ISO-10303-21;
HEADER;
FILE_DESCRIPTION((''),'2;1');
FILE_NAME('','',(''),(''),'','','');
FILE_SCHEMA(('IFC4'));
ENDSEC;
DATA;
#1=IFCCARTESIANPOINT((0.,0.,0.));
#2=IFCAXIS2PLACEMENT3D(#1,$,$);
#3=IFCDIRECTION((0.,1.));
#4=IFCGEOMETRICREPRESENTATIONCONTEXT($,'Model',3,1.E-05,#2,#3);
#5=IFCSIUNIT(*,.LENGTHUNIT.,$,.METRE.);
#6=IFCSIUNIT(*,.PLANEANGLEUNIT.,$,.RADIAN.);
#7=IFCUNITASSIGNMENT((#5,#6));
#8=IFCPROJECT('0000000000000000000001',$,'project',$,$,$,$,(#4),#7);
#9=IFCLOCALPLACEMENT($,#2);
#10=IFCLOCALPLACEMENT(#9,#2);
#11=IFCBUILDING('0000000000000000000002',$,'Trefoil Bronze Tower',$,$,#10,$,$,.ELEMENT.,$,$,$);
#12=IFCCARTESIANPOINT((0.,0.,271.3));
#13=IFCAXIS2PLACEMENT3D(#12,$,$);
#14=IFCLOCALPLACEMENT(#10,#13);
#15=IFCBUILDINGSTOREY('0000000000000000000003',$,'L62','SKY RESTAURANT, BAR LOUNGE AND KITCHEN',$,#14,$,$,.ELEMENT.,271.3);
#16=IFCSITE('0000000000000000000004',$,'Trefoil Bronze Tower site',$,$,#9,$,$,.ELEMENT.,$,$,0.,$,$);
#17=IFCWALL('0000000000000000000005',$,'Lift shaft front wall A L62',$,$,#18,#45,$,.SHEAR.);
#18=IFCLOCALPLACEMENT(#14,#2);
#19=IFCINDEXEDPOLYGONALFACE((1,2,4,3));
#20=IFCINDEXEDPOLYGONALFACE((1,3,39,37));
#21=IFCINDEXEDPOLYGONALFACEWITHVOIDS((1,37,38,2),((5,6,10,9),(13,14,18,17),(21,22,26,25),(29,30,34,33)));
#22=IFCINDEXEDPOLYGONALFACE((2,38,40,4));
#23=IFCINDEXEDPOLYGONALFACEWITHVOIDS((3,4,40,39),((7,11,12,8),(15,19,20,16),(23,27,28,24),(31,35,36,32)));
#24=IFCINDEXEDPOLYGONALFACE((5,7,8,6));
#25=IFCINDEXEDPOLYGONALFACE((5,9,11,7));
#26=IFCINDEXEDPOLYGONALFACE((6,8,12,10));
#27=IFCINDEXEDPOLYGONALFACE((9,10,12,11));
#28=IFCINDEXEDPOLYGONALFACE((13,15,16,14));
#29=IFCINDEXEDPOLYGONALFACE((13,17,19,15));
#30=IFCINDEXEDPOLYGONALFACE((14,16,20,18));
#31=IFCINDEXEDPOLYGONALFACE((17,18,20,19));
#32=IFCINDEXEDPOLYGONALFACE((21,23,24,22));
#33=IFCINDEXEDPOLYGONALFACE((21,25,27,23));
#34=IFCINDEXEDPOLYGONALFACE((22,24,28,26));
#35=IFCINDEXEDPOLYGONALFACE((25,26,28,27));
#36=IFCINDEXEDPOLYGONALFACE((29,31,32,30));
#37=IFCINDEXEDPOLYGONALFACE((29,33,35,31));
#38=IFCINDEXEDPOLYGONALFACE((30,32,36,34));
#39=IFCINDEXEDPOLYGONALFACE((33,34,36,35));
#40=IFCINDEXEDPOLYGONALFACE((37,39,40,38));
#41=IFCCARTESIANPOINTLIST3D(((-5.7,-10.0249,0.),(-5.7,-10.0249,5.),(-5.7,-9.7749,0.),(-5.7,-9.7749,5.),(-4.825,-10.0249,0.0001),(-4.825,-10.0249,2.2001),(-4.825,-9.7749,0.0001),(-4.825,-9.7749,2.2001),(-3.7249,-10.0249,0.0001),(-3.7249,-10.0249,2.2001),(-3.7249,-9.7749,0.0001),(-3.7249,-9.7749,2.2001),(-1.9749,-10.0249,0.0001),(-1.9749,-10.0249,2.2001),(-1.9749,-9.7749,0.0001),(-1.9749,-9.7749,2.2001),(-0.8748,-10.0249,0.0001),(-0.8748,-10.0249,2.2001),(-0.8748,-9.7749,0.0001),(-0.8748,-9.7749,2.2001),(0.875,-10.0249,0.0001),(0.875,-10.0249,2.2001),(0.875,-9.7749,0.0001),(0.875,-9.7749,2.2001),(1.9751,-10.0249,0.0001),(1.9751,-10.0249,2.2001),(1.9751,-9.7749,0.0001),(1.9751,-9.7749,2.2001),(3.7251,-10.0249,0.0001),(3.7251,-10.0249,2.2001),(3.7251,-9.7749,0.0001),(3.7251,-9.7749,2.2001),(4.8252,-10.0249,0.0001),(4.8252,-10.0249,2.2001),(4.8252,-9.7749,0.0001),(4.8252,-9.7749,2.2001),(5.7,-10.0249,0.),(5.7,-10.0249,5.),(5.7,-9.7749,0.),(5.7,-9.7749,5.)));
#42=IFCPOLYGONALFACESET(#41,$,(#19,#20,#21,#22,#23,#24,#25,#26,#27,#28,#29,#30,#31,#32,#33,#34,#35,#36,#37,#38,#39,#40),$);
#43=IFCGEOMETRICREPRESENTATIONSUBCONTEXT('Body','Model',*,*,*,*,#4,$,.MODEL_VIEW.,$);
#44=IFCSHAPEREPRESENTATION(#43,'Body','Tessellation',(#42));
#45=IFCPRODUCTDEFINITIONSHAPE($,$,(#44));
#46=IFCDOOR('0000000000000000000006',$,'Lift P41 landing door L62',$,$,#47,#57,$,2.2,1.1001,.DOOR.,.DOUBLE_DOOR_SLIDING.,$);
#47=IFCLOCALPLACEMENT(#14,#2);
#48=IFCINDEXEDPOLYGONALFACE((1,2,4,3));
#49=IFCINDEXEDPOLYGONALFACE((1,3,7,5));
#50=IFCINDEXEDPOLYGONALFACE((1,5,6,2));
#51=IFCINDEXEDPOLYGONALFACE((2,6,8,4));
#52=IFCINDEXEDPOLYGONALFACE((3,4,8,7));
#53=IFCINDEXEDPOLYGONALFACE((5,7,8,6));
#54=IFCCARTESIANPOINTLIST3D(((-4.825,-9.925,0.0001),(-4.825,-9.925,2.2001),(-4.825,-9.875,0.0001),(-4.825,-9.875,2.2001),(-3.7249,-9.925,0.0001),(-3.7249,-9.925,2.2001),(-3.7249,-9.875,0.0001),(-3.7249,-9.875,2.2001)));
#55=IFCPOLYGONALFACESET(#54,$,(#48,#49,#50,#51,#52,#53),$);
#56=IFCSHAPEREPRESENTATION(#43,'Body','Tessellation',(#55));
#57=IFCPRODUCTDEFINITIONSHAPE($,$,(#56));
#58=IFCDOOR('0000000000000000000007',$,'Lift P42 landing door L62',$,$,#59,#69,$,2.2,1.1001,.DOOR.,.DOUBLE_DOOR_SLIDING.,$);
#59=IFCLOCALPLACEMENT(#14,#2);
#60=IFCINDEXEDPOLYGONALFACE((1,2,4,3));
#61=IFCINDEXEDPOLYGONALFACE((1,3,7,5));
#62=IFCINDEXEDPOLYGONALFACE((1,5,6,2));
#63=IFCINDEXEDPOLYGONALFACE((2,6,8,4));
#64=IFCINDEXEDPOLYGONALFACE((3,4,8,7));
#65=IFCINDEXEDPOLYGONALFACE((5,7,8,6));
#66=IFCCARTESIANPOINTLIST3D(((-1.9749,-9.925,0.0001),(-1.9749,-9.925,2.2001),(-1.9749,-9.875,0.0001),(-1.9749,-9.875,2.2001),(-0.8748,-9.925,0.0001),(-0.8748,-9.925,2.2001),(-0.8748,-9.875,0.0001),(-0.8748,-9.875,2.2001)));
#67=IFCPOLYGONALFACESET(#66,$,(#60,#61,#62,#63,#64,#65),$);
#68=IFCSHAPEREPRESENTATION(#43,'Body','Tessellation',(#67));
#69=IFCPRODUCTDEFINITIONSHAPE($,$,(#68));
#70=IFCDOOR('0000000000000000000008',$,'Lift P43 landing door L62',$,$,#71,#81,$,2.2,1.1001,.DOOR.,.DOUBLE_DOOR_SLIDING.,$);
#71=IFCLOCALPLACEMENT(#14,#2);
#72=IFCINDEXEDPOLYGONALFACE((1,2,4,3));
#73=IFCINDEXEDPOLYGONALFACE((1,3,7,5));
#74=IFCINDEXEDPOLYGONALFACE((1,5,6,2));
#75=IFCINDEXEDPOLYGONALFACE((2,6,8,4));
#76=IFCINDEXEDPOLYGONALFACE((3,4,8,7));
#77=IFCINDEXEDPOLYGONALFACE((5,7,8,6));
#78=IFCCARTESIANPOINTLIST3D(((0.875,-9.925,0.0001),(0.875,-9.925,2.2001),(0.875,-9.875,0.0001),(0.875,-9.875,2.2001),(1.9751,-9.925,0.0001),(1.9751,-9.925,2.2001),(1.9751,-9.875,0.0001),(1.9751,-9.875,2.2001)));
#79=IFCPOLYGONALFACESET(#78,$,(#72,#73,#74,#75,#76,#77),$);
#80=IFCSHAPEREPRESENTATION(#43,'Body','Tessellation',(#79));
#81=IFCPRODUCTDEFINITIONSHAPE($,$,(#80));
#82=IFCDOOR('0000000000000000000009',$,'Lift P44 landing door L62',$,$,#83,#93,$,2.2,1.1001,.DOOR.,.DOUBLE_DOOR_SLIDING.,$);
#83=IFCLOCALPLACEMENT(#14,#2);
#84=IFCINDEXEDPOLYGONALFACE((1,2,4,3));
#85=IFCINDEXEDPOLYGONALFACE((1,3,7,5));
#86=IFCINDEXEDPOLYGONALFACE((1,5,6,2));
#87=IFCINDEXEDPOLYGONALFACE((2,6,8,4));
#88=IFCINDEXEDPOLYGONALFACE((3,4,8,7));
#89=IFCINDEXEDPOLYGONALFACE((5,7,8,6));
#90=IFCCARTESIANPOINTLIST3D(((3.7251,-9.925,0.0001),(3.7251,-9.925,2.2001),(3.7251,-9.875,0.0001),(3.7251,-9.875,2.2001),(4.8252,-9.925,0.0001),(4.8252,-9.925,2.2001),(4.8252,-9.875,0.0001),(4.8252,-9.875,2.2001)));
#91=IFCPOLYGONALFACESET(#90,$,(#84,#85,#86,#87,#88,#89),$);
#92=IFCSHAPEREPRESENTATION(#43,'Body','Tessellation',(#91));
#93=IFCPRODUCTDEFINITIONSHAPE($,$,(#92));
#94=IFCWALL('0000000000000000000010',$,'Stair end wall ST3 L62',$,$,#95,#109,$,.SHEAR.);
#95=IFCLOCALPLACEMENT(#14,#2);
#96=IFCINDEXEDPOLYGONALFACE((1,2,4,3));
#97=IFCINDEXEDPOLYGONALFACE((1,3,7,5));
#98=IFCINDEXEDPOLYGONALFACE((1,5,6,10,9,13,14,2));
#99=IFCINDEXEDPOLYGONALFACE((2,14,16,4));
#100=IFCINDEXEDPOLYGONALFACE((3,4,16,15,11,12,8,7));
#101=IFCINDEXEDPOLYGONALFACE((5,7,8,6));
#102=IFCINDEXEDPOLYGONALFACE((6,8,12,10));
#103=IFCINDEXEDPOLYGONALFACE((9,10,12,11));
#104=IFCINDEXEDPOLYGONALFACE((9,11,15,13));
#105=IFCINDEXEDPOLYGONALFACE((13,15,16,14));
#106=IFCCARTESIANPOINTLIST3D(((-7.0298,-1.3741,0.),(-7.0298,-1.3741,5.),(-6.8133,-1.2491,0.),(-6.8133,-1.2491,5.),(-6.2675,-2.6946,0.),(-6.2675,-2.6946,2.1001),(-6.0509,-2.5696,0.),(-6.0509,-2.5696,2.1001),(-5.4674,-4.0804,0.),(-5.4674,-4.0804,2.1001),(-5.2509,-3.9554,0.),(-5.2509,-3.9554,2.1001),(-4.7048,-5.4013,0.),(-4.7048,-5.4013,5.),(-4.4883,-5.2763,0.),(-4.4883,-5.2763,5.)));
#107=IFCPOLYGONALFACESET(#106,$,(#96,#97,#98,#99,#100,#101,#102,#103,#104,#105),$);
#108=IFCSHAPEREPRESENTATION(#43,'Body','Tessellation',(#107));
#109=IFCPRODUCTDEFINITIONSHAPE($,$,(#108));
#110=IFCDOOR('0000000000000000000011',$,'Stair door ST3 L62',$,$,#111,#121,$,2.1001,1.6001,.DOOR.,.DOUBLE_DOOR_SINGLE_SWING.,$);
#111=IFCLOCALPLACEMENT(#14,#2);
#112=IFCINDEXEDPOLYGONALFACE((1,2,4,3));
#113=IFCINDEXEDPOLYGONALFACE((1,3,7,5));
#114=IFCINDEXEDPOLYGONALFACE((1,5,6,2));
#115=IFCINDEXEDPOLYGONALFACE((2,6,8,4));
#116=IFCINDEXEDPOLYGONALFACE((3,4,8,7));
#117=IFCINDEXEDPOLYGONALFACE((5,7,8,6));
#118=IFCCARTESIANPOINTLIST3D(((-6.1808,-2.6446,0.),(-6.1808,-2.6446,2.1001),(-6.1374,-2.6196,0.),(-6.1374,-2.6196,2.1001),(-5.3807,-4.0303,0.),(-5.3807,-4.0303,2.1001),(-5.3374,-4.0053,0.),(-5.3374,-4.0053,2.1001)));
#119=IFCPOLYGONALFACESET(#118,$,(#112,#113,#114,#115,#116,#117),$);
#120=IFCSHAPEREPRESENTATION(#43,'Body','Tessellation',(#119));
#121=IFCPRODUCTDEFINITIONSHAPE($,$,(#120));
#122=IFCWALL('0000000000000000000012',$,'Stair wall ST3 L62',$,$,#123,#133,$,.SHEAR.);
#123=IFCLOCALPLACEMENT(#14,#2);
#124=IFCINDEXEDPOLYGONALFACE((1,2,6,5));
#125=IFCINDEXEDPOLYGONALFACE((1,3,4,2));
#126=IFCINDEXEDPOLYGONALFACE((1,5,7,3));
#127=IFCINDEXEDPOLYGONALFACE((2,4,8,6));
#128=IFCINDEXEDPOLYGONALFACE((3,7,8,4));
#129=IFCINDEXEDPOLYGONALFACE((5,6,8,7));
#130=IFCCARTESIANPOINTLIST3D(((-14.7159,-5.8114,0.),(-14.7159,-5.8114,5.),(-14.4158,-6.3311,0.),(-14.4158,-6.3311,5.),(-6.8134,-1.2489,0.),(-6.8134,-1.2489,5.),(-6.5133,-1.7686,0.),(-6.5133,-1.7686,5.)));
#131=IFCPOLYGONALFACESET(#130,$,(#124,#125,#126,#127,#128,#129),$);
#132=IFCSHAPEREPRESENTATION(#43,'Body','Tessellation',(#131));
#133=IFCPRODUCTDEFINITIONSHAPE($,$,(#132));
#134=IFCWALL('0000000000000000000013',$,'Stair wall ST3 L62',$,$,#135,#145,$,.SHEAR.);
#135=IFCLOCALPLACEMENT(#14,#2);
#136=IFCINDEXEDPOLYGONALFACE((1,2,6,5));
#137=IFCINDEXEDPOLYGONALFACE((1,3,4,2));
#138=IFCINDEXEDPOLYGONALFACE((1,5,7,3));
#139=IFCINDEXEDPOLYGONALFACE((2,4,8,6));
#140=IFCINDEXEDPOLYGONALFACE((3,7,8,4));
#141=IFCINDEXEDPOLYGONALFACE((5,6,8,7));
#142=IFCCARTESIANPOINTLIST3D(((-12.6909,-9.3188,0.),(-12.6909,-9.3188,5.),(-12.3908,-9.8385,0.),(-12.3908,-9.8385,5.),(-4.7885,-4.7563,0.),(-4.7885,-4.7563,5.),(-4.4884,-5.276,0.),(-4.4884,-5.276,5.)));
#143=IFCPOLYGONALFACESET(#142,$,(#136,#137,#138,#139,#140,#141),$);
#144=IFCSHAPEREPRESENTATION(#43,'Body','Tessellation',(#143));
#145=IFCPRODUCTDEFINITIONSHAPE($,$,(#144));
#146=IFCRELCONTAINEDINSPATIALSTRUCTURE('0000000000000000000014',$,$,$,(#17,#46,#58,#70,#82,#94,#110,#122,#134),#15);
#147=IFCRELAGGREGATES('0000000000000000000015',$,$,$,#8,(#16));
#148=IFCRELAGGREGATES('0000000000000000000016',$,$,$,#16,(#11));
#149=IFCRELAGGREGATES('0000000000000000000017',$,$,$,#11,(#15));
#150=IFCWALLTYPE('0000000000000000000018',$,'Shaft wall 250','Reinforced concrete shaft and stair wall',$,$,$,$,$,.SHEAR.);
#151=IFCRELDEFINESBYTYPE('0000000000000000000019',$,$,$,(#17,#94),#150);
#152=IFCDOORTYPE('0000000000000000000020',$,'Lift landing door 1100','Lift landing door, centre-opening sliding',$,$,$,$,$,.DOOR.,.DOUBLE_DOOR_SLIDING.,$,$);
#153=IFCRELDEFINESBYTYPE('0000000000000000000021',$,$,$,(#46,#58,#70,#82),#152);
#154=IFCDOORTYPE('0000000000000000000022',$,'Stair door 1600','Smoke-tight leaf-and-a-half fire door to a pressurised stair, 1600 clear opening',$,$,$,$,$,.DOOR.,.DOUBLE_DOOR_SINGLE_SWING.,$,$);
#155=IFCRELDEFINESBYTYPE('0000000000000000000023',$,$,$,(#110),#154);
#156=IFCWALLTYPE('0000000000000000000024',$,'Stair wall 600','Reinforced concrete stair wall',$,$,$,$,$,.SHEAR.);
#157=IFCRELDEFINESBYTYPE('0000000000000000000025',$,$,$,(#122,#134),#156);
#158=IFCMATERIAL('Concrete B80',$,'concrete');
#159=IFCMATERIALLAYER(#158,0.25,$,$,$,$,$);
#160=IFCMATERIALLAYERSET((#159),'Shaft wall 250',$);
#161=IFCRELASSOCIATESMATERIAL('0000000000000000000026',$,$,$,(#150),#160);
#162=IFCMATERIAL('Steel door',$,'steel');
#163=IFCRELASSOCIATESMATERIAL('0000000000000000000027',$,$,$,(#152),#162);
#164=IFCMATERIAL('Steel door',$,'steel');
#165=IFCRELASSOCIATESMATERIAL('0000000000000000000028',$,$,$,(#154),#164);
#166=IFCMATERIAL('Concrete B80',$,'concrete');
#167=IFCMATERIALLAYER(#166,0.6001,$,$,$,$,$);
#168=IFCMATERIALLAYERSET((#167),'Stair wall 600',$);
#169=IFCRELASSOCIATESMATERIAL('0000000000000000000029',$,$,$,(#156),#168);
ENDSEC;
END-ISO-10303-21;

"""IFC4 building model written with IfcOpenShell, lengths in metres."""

from ifc_helpers import new_model, si_unit, direction, frame, frame_2d, origin, place, context, subcontext, project, spatial, rectangle, extrude, material, layer, layer_set, type_object, element, fill, save


model = new_model("IFC4")

# Units and contexts
model_context = context("Model", 3, precision=1e-05, world=origin(), true_north=direction((0.0, 1.0)))
body_context = subcontext(model_context, "Body", "Model", "MODEL_VIEW")
ifc_project = project(units=[si_unit("LENGTHUNIT", "METRE"), si_unit("PLANEANGLEUNIT", "RADIAN")], contexts=[model_context])

# Site, building, storey
site_placement = place(None, origin())
site = spatial("IfcSite", under=ifc_project, at=site_placement, Name="Trefoil Bronze Tower site", CompositionType="ELEMENT", RefElevation=0.0)
building_placement = place(site_placement, origin())
building = spatial("IfcBuilding", under=site, at=building_placement, Name="Trefoil Bronze Tower", CompositionType="ELEMENT")
storey_placement = place(building_placement, frame((0.0, 0.0, 271.3)))
storey = spatial("IfcBuildingStorey", under=building, at=storey_placement, Name="L62", Description="SKY RESTAURANT, BAR LOUNGE AND KITCHEN", CompositionType="ELEMENT", Elevation=271.3)

# Wall, openings, doors
ifc_material_1 = material(Name="Concrete B80", Category="concrete")
ifc_layer_1 = layer(ifc_material_1, 0.25)
ifc_layer_set_1 = layer_set([ifc_layer_1], Name="Shaft wall 250")
wall_type_1 = type_object("IfcWallType", Name="Shaft wall 250", Description="Reinforced concrete shaft and stair wall", PredefinedType="SHEAR", material=ifc_layer_set_1)
wall_1_placement = place(storey_placement, frame((-5.7, -9.8999, 0.0), z_axis=(0.0, 0.0, 1.0), x_axis=(1.0, 0.0, 0.0)))
wall_1 = element("IfcWall", 1, at=wall_1_placement, inside=storey, type_object=wall_type_1, Name="Lift shaft front wall A L62", PredefinedType="SHEAR", context=body_context, shape_type="SweptSolid", body=[
    extrude(rectangle(XDim=11.3999, YDim=0.25, at=frame_2d((5.7, 0.0))), origin(), (0.0, 0.0, 1.0), 5.0),
])
opening_1_placement = place(wall_1_placement, frame((0.875, 0.0, 0.0)))
opening_1 = element("IfcOpeningElement", 2, at=opening_1_placement, cuts=wall_1, PredefinedType="OPENING", context=body_context, shape_type="SweptSolid", body=[
    extrude(rectangle(XDim=1.1001, YDim=2.2, at=frame_2d((0.55, 1.1001))), frame((0.0, 0.135, 0.0), z_axis=(0.0, -1.0, 0.0), x_axis=(1.0, 0.0, 0.0)), (0.0, 0.0, 1.0), 0.27),
])
opening_2_placement = place(wall_1_placement, frame((3.7251, 0.0, 0.0)))
opening_2 = element("IfcOpeningElement", 3, at=opening_2_placement, cuts=wall_1, PredefinedType="OPENING", context=body_context, shape_type="SweptSolid", body=[
    extrude(rectangle(XDim=1.1001, YDim=2.2, at=frame_2d((0.55, 1.1001))), frame((0.0, 0.135, 0.0), z_axis=(0.0, -1.0, 0.0), x_axis=(1.0, 0.0, 0.0)), (0.0, 0.0, 1.0), 0.27),
])
opening_3_placement = place(wall_1_placement, frame((6.575, 0.0, 0.0)))
opening_3 = element("IfcOpeningElement", 4, at=opening_3_placement, cuts=wall_1, PredefinedType="OPENING", context=body_context, shape_type="SweptSolid", body=[
    extrude(rectangle(XDim=1.1001, YDim=2.2, at=frame_2d((0.55, 1.1001))), frame((0.0, 0.135, 0.0), z_axis=(0.0, -1.0, 0.0), x_axis=(1.0, 0.0, 0.0)), (0.0, 0.0, 1.0), 0.27),
])
opening_4_placement = place(wall_1_placement, frame((9.425, 0.0, 0.0)))
opening_4 = element("IfcOpeningElement", 5, at=opening_4_placement, cuts=wall_1, PredefinedType="OPENING", context=body_context, shape_type="SweptSolid", body=[
    extrude(rectangle(XDim=1.1001, YDim=2.2, at=frame_2d((0.55, 1.1001))), frame((0.0, 0.135, 0.0), z_axis=(0.0, -1.0, 0.0), x_axis=(1.0, 0.0, 0.0)), (0.0, 0.0, 1.0), 0.27),
])
ifc_material_2 = material(Name="Steel door", Category="steel")
door_type_1 = type_object("IfcDoorType", Name="Lift landing door 1100", Description="Lift landing door, centre-opening sliding", OperationType="DOUBLE_DOOR_SLIDING", PredefinedType="DOOR", material=ifc_material_2)
door_1_placement = place(opening_1_placement, origin())
door_1 = element("IfcDoor", 6, at=door_1_placement, inside=storey, type_object=door_type_1, Name="Lift P41 landing door L62", OperationType="DOUBLE_DOOR_SLIDING", OverallHeight=2.2, OverallWidth=1.1001, PredefinedType="DOOR", context=body_context, shape_type="SweptSolid", body=[
    extrude(rectangle(XDim=1.1001, YDim=2.2, at=frame_2d((0.55, 1.1001))), frame((0.0, 0.0249, 0.0), z_axis=(0.0, -1.0, 0.0), x_axis=(1.0, 0.0, 0.0)), (0.0, 0.0, 1.0), 0.05),
])
fill(opening_1, door_1)
door_2_placement = place(opening_2_placement, origin())
door_2 = element("IfcDoor", 7, at=door_2_placement, inside=storey, type_object=door_type_1, Name="Lift P42 landing door L62", OperationType="DOUBLE_DOOR_SLIDING", OverallHeight=2.2, OverallWidth=1.1001, PredefinedType="DOOR", context=body_context, shape_type="SweptSolid", body=[
    extrude(rectangle(XDim=1.1001, YDim=2.2, at=frame_2d((0.55, 1.1001))), frame((0.0, 0.0249, 0.0), z_axis=(0.0, -1.0, 0.0), x_axis=(1.0, 0.0, 0.0)), (0.0, 0.0, 1.0), 0.05),
])
fill(opening_2, door_2)
door_3_placement = place(opening_3_placement, origin())
door_3 = element("IfcDoor", 8, at=door_3_placement, inside=storey, type_object=door_type_1, Name="Lift P43 landing door L62", OperationType="DOUBLE_DOOR_SLIDING", OverallHeight=2.2, OverallWidth=1.1001, PredefinedType="DOOR", context=body_context, shape_type="SweptSolid", body=[
    extrude(rectangle(XDim=1.1001, YDim=2.2, at=frame_2d((0.55, 1.1001))), frame((0.0, 0.0249, 0.0), z_axis=(0.0, -1.0, 0.0), x_axis=(1.0, 0.0, 0.0)), (0.0, 0.0, 1.0), 0.05),
])
fill(opening_3, door_3)
door_4_placement = place(opening_4_placement, origin())
door_4 = element("IfcDoor", 9, at=door_4_placement, inside=storey, type_object=door_type_1, Name="Lift P44 landing door L62", OperationType="DOUBLE_DOOR_SLIDING", OverallHeight=2.2, OverallWidth=1.1001, PredefinedType="DOOR", context=body_context, shape_type="SweptSolid", body=[
    extrude(rectangle(XDim=1.1001, YDim=2.2, at=frame_2d((0.55, 1.1001))), frame((0.0, 0.0249, 0.0), z_axis=(0.0, -1.0, 0.0), x_axis=(1.0, 0.0, 0.0)), (0.0, 0.0, 1.0), 0.05),
])
fill(opening_4, door_4)

# Wall, opening, door
wall_2_placement = place(storey_placement, frame((-6.9216, -1.3115, 0.0), z_axis=(0.0, 0.0, 1.0), x_axis=(0.499985, -0.866034, 0.0)))
wall_2 = element("IfcWall", 10, at=wall_2_placement, inside=storey, type_object=wall_type_1, Name="Stair end wall ST3 L62", PredefinedType="SHEAR", context=body_context, shape_type="SweptSolid", body=[
    extrude(rectangle(XDim=4.6501, YDim=0.25, at=frame_2d((2.3252, 0.0))), origin(), (0.0, 0.0, 1.0), 5.0),
])
opening_5_placement = place(wall_2_placement, frame((1.5249, 0.0, 0.0)))
opening_5 = element("IfcOpeningElement", 11, at=opening_5_placement, cuts=wall_2, PredefinedType="OPENING", context=body_context, shape_type="SweptSolid", body=[
    extrude(rectangle(XDim=1.6001, YDim=2.1001, at=frame_2d((0.8, 1.05))), frame((0.0, 0.135, 0.0), z_axis=(0.0, -1.0, 0.0), x_axis=(1.0, 0.0, 0.0)), (0.0, 0.0, 1.0), 0.27),
])
ifc_material_3 = material(Name="Steel door", Category="steel")
door_type_2 = type_object("IfcDoorType", Name="Stair door 1600", Description="Smoke-tight leaf-and-a-half fire door to a pressurised stair, 1600 clear opening", OperationType="DOUBLE_DOOR_SINGLE_SWING", PredefinedType="DOOR", material=ifc_material_3)
door_5_placement = place(opening_5_placement, frame((1.6001, 0.0, 0.0), z_axis=(0.0, 0.0, 1.0), x_axis=(-1.0, 0.0, 0.0)))
door_5 = element("IfcDoor", 12, at=door_5_placement, inside=storey, type_object=door_type_2, Name="Stair door ST3 L62", OperationType="DOUBLE_DOOR_SINGLE_SWING", OverallHeight=2.1001, OverallWidth=1.6001, PredefinedType="DOOR", context=body_context, shape_type="SweptSolid", body=[
    extrude(rectangle(XDim=1.6001, YDim=2.1001, at=frame_2d((0.8, 1.05))), frame((0.0, 0.0249, 0.0), z_axis=(0.0, -1.0, 0.0), x_axis=(1.0, 0.0, 0.0)), (0.0, 0.0, 1.0), 0.05),
])
fill(opening_5, door_5)

# Walls
ifc_material_4 = material(Name="Concrete B80", Category="concrete")
ifc_layer_2 = layer(ifc_material_4, 0.6001)
ifc_layer_set_2 = layer_set([ifc_layer_2], Name="Stair wall 600")
wall_type_2 = type_object("IfcWallType", Name="Stair wall 600", Description="Reinforced concrete stair wall", PredefinedType="SHEAR", material=ifc_layer_set_2)
for number, where, z_axis, x_axis, name in (
    (13, (-6.6633, -1.5088, 0.0), (0.0, 0.0, 1.0), (-0.866028, -0.499995, 0.0), "Stair wall ST3 L62"),
    (14, (-4.6384, -5.0161, 0.0), (0.0, 0.0, 1.0), (-0.866022, -0.500007, 0.0), "Stair wall ST3 L62"),
):
    element("IfcWall", number, at=place(storey_placement, frame(where, z_axis=z_axis, x_axis=x_axis)), inside=storey, type_object=wall_type_2, Name=name, PredefinedType="SHEAR", context=body_context, shape_type="SweptSolid", body=[
        extrude(rectangle(XDim=9.125, YDim=0.6001, at=frame_2d((4.5625, 0.0))), origin(), (0.0, 0.0, 1.0), 5.0),
    ])

save(model, "model.ifc")
